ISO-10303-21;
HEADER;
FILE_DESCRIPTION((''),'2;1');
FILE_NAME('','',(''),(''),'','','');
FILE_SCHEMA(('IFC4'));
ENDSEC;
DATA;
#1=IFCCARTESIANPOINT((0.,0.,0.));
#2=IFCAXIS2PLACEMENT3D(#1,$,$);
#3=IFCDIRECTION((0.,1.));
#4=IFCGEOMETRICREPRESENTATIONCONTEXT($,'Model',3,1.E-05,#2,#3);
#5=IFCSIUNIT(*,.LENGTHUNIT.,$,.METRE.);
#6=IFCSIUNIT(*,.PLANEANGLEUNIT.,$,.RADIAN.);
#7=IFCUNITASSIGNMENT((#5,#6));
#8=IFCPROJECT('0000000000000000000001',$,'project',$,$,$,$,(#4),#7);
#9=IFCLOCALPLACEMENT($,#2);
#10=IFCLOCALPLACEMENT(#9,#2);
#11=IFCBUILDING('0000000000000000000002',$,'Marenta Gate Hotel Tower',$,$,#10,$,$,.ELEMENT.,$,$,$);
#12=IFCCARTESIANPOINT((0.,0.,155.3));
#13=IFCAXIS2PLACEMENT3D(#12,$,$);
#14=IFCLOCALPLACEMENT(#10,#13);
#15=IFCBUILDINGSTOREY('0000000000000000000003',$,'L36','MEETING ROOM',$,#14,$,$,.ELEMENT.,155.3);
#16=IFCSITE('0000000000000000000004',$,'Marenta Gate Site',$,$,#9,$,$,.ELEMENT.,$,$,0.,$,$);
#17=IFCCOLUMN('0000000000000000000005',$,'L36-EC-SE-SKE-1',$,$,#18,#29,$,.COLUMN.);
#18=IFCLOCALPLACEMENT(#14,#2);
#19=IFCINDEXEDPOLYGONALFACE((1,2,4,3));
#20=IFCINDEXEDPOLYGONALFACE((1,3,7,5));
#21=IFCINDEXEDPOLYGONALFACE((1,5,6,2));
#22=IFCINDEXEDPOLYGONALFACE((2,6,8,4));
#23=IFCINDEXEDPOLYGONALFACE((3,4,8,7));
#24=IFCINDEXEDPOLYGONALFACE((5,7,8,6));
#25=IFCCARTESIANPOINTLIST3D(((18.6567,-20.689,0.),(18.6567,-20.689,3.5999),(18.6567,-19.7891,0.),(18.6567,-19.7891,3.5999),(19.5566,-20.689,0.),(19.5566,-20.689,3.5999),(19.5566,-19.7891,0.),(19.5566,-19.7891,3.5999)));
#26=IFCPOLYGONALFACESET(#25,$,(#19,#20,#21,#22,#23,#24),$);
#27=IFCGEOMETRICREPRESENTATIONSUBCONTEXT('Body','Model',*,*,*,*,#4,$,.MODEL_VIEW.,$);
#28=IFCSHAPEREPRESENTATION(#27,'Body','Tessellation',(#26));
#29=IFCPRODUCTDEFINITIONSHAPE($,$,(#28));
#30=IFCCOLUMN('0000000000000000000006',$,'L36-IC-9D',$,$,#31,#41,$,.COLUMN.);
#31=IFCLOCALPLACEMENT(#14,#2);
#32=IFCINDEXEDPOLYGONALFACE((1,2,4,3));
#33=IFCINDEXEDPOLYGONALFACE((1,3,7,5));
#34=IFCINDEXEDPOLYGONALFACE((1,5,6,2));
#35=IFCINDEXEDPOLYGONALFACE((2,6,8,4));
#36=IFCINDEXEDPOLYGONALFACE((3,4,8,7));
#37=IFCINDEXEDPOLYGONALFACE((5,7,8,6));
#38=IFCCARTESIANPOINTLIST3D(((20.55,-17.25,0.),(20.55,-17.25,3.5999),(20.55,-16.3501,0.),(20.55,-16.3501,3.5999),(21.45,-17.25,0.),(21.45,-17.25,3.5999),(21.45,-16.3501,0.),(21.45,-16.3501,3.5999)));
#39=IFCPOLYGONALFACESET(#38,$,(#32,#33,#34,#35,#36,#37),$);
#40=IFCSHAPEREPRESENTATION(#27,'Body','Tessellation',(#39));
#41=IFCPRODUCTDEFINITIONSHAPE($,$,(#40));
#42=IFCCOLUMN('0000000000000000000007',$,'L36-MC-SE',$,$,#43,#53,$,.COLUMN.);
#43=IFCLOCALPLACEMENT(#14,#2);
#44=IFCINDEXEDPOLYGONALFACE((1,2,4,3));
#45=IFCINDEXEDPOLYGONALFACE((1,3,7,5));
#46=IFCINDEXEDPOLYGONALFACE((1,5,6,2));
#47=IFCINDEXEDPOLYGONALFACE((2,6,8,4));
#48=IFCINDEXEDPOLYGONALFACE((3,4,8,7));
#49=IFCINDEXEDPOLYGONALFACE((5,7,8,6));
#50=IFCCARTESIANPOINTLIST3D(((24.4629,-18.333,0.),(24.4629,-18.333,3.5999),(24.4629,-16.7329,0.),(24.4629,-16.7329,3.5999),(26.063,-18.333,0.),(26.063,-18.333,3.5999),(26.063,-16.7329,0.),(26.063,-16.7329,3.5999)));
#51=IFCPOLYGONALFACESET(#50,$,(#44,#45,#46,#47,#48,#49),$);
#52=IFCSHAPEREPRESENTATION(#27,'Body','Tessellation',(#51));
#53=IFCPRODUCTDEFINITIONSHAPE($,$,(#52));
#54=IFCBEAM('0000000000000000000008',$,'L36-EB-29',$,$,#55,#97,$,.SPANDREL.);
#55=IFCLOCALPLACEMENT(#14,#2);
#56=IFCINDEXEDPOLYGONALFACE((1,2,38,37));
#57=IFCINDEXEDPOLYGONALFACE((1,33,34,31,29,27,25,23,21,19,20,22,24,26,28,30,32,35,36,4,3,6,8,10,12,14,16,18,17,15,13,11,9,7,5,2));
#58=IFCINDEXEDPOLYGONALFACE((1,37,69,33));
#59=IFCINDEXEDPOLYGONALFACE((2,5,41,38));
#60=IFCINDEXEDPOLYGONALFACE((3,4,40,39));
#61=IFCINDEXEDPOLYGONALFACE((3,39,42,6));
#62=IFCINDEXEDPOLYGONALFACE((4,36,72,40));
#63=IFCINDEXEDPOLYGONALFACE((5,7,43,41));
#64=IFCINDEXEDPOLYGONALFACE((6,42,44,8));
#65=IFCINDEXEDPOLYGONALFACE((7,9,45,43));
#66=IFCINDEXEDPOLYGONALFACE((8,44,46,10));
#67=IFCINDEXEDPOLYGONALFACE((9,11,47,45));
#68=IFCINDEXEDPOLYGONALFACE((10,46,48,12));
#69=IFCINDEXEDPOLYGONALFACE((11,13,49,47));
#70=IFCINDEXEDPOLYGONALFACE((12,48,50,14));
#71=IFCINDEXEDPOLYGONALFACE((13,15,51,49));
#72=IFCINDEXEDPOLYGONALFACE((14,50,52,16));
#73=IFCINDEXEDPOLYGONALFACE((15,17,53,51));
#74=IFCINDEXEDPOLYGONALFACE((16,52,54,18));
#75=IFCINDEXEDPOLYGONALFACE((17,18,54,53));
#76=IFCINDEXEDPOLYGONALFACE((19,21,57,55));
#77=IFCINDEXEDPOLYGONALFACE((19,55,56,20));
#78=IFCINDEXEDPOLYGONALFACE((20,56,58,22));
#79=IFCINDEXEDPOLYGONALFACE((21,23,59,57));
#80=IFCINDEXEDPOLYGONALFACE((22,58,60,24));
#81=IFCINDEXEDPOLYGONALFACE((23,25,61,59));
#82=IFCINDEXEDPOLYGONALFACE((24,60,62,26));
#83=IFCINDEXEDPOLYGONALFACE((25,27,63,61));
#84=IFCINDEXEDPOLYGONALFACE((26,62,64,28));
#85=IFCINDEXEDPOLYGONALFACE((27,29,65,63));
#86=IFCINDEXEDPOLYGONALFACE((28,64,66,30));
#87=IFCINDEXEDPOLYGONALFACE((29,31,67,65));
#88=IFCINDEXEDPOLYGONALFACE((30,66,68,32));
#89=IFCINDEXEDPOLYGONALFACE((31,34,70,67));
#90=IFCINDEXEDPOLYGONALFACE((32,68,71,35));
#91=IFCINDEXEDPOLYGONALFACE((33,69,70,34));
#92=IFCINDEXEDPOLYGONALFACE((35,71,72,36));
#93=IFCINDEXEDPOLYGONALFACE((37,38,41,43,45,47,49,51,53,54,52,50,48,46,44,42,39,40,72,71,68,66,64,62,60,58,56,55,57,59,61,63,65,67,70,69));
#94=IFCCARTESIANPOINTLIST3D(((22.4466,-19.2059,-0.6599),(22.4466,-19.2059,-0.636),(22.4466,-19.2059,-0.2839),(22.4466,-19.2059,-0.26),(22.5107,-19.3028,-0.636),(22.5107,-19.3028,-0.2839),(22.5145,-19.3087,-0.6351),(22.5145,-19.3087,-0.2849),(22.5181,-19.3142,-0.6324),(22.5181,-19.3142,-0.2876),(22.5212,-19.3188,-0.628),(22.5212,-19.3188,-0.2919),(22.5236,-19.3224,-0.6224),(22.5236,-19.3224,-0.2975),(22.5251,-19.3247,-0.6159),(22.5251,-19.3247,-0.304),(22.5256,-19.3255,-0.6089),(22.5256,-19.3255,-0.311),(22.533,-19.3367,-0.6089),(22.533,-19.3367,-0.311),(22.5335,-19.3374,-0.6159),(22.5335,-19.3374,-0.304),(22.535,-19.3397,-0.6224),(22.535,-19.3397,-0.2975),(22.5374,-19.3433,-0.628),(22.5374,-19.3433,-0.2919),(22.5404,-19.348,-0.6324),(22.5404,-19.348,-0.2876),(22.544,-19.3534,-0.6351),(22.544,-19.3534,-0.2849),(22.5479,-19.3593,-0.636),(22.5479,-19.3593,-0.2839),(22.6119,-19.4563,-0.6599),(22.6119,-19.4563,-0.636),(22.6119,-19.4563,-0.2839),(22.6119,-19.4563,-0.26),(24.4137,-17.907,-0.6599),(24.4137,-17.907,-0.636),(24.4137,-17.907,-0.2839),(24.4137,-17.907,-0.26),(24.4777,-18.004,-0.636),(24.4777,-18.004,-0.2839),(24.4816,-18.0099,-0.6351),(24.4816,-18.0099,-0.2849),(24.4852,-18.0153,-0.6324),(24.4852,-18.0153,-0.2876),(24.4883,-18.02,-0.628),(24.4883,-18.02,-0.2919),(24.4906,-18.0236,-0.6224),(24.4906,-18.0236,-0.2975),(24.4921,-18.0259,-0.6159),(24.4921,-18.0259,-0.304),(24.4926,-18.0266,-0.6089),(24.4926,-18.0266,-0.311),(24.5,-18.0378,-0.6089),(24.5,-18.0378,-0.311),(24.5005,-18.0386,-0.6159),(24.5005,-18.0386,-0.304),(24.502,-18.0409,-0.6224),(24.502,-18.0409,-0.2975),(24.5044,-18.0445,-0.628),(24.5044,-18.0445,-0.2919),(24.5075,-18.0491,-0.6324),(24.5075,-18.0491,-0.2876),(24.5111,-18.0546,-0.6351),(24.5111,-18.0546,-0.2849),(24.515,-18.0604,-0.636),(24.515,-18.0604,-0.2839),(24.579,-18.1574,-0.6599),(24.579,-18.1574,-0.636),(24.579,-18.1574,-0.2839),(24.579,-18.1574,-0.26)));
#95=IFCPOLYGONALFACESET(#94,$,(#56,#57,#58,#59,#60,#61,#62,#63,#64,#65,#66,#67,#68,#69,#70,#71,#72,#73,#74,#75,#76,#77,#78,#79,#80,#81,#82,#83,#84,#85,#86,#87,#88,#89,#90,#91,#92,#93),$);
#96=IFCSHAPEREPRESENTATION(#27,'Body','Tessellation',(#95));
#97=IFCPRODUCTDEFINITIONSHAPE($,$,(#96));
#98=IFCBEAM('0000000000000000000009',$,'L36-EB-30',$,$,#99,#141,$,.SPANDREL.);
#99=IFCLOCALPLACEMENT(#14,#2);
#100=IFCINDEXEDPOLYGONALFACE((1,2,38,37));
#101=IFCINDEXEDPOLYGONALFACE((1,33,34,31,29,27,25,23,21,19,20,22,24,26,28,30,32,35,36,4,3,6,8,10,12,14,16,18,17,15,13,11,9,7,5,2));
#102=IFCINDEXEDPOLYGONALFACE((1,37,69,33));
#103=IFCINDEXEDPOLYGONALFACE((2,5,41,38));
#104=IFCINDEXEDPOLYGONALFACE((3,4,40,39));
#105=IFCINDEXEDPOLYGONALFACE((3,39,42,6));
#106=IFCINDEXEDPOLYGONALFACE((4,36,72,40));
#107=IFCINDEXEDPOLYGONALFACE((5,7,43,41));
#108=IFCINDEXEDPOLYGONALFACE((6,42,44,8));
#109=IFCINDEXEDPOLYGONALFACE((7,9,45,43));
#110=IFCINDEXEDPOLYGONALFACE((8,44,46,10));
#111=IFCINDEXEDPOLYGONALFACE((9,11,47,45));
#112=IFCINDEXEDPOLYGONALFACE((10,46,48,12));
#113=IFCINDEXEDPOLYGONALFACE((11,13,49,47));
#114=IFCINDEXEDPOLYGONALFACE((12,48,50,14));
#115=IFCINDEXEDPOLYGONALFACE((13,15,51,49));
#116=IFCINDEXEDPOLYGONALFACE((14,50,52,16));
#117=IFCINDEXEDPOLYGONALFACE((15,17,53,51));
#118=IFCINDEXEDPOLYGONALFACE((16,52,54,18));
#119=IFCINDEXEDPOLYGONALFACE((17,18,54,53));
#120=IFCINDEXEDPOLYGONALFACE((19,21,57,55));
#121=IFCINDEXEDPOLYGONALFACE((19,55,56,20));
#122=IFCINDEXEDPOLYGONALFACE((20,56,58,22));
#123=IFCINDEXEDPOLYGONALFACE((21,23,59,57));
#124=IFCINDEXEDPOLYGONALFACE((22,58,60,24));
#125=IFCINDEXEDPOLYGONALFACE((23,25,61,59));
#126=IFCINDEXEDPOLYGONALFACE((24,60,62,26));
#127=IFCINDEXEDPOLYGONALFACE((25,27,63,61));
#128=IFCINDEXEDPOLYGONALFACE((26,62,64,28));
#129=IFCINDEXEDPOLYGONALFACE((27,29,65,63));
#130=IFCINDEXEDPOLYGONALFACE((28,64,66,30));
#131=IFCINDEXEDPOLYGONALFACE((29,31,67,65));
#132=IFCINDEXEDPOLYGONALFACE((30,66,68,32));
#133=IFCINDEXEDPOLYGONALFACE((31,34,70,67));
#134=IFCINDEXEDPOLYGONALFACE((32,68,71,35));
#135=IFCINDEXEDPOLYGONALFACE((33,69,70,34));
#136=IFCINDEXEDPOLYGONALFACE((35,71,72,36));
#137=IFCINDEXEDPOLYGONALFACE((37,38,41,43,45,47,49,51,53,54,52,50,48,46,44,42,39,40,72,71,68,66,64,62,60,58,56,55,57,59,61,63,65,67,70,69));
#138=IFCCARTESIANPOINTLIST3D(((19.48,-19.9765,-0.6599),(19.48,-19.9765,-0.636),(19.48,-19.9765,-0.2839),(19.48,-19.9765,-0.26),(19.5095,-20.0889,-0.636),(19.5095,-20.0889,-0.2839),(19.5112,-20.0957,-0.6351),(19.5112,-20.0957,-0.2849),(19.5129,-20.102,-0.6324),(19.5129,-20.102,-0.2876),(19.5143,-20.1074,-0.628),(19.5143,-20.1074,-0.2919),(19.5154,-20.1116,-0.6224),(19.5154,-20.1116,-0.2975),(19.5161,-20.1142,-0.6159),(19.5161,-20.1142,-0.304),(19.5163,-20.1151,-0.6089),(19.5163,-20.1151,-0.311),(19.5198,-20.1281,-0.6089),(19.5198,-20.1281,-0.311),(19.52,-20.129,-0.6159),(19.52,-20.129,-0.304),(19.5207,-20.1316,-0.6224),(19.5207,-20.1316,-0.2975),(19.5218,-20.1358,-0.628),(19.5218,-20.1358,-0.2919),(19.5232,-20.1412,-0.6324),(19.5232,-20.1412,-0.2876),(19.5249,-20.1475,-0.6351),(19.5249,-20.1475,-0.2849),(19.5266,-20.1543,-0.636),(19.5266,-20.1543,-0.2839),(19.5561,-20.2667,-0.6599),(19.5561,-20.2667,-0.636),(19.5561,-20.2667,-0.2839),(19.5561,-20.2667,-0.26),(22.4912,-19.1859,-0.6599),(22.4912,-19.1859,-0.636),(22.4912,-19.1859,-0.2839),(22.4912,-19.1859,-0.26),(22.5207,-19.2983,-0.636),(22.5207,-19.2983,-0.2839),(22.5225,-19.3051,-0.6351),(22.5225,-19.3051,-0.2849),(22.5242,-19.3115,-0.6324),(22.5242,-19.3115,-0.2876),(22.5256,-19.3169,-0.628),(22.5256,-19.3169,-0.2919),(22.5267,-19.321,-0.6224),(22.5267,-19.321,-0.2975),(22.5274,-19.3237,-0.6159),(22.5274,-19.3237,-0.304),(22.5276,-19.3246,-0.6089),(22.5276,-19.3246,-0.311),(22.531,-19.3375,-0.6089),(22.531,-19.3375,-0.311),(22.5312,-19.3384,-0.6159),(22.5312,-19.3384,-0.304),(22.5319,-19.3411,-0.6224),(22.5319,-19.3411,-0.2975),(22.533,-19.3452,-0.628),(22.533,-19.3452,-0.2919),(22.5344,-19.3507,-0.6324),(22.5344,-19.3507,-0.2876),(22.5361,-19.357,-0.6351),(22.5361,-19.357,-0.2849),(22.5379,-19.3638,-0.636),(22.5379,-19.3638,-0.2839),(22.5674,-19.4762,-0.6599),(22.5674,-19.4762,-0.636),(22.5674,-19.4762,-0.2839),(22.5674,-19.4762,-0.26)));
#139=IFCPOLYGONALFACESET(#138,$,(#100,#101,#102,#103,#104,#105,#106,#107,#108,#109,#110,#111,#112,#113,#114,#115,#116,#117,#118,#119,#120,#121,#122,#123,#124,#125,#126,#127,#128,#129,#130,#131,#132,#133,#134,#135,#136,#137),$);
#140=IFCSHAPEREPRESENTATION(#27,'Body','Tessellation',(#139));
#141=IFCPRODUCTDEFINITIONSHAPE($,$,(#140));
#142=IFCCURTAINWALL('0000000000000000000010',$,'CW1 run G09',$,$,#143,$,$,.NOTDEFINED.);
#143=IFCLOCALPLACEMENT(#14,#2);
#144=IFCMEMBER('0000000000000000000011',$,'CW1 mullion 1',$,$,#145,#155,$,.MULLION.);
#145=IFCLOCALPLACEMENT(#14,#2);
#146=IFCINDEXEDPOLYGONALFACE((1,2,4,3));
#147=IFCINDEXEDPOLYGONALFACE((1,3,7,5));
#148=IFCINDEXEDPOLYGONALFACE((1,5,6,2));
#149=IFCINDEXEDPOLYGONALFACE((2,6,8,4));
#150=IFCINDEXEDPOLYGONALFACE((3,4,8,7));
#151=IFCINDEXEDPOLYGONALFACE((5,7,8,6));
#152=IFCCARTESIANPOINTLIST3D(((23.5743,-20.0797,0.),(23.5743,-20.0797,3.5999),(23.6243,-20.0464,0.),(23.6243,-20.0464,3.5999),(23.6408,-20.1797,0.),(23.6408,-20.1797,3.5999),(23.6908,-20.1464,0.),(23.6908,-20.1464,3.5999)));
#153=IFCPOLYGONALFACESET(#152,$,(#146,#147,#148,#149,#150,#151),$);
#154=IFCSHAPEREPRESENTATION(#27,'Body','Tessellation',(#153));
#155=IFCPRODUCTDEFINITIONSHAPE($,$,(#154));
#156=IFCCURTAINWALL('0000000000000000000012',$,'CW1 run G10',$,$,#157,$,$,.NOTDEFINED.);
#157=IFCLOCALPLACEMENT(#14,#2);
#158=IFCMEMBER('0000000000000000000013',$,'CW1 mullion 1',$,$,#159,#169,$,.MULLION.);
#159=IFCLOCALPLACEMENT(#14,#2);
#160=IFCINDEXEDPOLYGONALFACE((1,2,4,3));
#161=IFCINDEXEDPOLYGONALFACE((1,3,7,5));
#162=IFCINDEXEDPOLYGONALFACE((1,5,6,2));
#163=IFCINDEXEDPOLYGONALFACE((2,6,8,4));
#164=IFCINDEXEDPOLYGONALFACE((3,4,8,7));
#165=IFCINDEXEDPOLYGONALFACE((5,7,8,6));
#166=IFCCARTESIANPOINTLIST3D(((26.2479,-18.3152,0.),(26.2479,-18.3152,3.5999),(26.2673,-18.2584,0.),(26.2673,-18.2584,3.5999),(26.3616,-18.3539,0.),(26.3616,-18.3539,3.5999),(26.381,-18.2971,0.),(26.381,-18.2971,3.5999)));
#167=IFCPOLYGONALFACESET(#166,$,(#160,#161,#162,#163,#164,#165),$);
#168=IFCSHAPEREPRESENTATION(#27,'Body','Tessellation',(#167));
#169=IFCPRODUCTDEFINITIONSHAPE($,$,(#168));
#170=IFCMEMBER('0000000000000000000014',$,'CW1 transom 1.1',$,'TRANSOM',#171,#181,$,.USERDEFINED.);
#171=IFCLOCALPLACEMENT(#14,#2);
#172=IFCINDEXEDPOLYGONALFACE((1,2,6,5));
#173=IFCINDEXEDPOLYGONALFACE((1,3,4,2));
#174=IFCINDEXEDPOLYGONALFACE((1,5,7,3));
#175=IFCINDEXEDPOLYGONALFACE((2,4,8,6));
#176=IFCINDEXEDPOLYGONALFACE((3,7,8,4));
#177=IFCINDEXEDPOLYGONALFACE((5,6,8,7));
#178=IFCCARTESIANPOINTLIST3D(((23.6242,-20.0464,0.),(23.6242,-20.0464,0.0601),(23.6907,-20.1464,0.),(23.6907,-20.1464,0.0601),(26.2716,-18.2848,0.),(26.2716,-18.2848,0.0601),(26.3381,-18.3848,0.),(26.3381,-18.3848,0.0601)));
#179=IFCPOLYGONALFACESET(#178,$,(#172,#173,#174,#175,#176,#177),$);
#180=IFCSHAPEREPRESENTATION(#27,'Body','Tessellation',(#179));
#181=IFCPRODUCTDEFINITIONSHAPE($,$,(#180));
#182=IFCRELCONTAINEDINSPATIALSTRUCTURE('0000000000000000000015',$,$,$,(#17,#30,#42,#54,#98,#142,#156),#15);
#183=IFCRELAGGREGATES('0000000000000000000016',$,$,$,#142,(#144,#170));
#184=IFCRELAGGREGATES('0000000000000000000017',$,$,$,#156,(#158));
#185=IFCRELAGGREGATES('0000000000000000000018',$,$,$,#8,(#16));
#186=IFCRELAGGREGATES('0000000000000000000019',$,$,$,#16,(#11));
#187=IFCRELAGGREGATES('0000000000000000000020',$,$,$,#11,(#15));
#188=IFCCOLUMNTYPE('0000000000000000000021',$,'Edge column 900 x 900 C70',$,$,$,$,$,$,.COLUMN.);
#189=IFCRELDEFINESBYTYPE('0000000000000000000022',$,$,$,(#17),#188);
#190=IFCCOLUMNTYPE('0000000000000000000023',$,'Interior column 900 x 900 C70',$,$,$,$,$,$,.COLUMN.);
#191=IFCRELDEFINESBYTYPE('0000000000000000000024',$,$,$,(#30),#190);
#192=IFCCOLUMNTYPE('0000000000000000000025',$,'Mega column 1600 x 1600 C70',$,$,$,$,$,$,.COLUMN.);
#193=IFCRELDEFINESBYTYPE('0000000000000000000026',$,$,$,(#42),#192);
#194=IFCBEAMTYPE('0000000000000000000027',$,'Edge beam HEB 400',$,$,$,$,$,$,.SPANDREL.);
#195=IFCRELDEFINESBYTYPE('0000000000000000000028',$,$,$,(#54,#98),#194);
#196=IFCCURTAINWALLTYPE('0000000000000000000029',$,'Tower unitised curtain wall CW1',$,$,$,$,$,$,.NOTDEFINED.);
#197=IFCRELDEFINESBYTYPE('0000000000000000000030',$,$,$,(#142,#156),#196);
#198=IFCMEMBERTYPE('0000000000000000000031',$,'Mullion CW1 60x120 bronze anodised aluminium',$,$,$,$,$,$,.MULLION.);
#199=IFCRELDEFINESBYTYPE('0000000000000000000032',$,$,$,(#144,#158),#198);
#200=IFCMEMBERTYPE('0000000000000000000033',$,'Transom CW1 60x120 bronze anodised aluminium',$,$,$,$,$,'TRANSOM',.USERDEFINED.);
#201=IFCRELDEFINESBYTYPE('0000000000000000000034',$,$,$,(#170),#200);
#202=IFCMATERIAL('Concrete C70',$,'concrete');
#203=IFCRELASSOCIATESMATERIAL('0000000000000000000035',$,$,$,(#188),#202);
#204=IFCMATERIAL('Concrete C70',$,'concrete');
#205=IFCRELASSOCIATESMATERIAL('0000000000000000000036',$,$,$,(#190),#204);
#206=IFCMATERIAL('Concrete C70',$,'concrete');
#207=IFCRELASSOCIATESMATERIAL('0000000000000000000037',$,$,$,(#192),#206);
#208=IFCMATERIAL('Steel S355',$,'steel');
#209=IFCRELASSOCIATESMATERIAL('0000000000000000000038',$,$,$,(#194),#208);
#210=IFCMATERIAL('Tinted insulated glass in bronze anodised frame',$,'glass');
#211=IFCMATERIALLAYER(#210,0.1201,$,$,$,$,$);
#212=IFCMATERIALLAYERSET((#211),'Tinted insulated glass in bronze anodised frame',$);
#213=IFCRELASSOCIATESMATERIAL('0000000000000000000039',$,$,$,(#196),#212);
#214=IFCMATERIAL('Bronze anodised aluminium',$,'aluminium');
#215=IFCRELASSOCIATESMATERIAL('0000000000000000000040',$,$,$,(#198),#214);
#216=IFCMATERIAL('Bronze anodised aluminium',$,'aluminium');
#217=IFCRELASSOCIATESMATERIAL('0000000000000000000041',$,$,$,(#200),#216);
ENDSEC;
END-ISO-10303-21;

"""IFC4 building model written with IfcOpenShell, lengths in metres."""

from ifc_helpers import new_model, si_unit, direction, frame, origin, origin_2d, place, context, subcontext, project, spatial, rectangle, i_section, extrude, material, layer, layer_set, material_profile, profile_set, type_object, element, aggregate, save


model = new_model("IFC4")

# Units and contexts
model_context = context("Model", 3, precision=1e-05, world=origin(), true_north=direction((0.0, 1.0)))
body_context = subcontext(model_context, "Body", "Model", "MODEL_VIEW")
ifc_project = project(units=[si_unit("LENGTHUNIT", "METRE"), si_unit("PLANEANGLEUNIT", "RADIAN")], contexts=[model_context])

# Site, building, storey
site_placement = place(None, origin())
site = spatial("IfcSite", under=ifc_project, at=site_placement, Name="Marenta Gate Site", CompositionType="ELEMENT", RefElevation=0.0)
building_placement = place(site_placement, origin())
building = spatial("IfcBuilding", under=site, at=building_placement, Name="Marenta Gate Hotel Tower", CompositionType="ELEMENT")
storey_placement = place(building_placement, frame((0.0, 0.0, 155.3)))
storey = spatial("IfcBuildingStorey", under=building, at=storey_placement, Name="L36", Description="MEETING ROOM", CompositionType="ELEMENT", Elevation=155.3)

# Columns
ifc_material_1 = material(Name="Concrete C70", Category="concrete")
ifc_material_profile_1 = material_profile(ifc_material_1, rectangle(XDim=0.8999, YDim=0.8999, at=origin_2d()), Name="900 x 900")
ifc_profile_set_1 = profile_set([ifc_material_profile_1], Name="Concrete C70")
column_type_1 = type_object("IfcColumnType", Name="Edge column 900 x 900 C70", PredefinedType="COLUMN", material=ifc_profile_set_1)
column_1_placement = place(storey_placement, frame((19.1067, -20.239, 0.0), z_axis=(0.0, 0.0, 1.0), x_axis=(1.0, 0.0, 0.0)))
element("IfcColumn", 1, at=column_1_placement, inside=storey, type_object=column_type_1, Name="L36-EC-SE-SKE-1", PredefinedType="COLUMN", context=body_context, shape_type="SweptSolid", body=[
    extrude(rectangle(XDim=0.8999, YDim=0.8999, at=origin_2d()), origin(), (0.0, 0.0, 1.0), 3.5999),
])
ifc_material_2 = material(Name="Concrete C70", Category="concrete")
ifc_material_profile_2 = material_profile(ifc_material_2, rectangle(XDim=0.8999, YDim=0.8999, at=origin_2d()), Name="900 x 900")
ifc_profile_set_2 = profile_set([ifc_material_profile_2], Name="Concrete C70")
column_type_2 = type_object("IfcColumnType", Name="Interior column 900 x 900 C70", PredefinedType="COLUMN", material=ifc_profile_set_2)
column_2_placement = place(storey_placement, frame((21.0, -16.8, 0.0), z_axis=(0.0, 0.0, 1.0), x_axis=(1.0, 0.0, 0.0)))
element("IfcColumn", 2, at=column_2_placement, inside=storey, type_object=column_type_2, Name="L36-IC-9D", PredefinedType="COLUMN", context=body_context, shape_type="SweptSolid", body=[
    extrude(rectangle(XDim=0.8999, YDim=0.8999, at=origin_2d()), origin(), (0.0, 0.0, 1.0), 3.5999),
])
ifc_material_3 = material(Name="Concrete C70", Category="concrete")
ifc_material_profile_3 = material_profile(ifc_material_3, rectangle(XDim=1.6001, YDim=1.6001, at=origin_2d()), Name="1600 x 1600")
ifc_profile_set_3 = profile_set([ifc_material_profile_3], Name="Concrete C70")
column_type_3 = type_object("IfcColumnType", Name="Mega column 1600 x 1600 C70", PredefinedType="COLUMN", material=ifc_profile_set_3)
column_3_placement = place(storey_placement, frame((25.2629, -17.533, 0.0), z_axis=(0.0, 0.0, 1.0), x_axis=(1.0, 0.0, 0.0)))
element("IfcColumn", 3, at=column_3_placement, inside=storey, type_object=column_type_3, Name="L36-MC-SE", PredefinedType="COLUMN", context=body_context, shape_type="SweptSolid", body=[
    extrude(rectangle(XDim=1.6001, YDim=1.6001, at=origin_2d()), origin(), (0.0, 0.0, 1.0), 3.5999),
])

# Beams
ifc_material_4 = material(Name="Steel S355", Category="steel")
ifc_material_profile_4 = material_profile(ifc_material_4, i_section(OverallWidth=0.3, OverallDepth=0.3999, WebThickness=0.0134, FlangeThickness=0.0239, FilletRadius=0.0271, at=origin_2d()), Name="HEB 400")
ifc_profile_set_4 = profile_set([ifc_material_profile_4], Name="Steel S355")
beam_type = type_object("IfcBeamType", Name="Edge beam HEB 400", PredefinedType="SPANDREL", material=ifc_profile_set_4)
beam_1_placement = place(storey_placement, frame((24.4963, -18.0322, -0.46), z_axis=(-0.834496, -0.551014, 0.0), x_axis=(0.551014, -0.834496, 0.0)))
element("IfcBeam", 4, at=beam_1_placement, inside=storey, type_object=beam_type, Name="L36-EB-29", PredefinedType="SPANDREL", context=body_context, shape_type="SweptSolid", body=[
    extrude(i_section(OverallWidth=0.3, OverallDepth=0.3999, WebThickness=0.0134, FlangeThickness=0.0239, FilletRadius=0.0271, at=origin_2d()), origin(), (0.0, 0.0, 1.0), 2.3572),
])
beam_2_placement = place(storey_placement, frame((22.5293, -19.3311, -0.46), z_axis=(-0.967225, -0.253922, 0.0), x_axis=(0.253922, -0.967225, 0.0)))
element("IfcBeam", 5, at=beam_2_placement, inside=storey, type_object=beam_type, Name="L36-EB-30", PredefinedType="SPANDREL", context=body_context, shape_type="SweptSolid", body=[
    extrude(i_section(OverallWidth=0.3, OverallDepth=0.3999, WebThickness=0.0134, FlangeThickness=0.0239, FilletRadius=0.0271, at=origin_2d()), origin(), (0.0, 0.0, 1.0), 3.1133),
])

# Curtain walls, members
ifc_material_5 = material(Name="Tinted insulated glass in bronze anodised frame", Category="glass")
ifc_layer_1 = layer(ifc_material_5, 0.1201)
ifc_layer_set_1 = layer_set([ifc_layer_1], Name="Tinted insulated glass in bronze anodised frame")
curtain_wall_type = type_object("IfcCurtainWallType", Name="Tower unitised curtain wall CW1", PredefinedType="NOTDEFINED", material=ifc_layer_set_1)
curtain_wall_1_placement = place(storey_placement, origin())
curtain_wall_1 = element("IfcCurtainWall", 6, at=curtain_wall_1_placement, inside=storey, type_object=curtain_wall_type, Name="CW1 run G09", PredefinedType="NOTDEFINED")
ifc_material_6 = material(Name="Bronze anodised aluminium", Category="aluminium")
ifc_material_profile_5 = material_profile(ifc_material_6, rectangle(XDim=0.1201, YDim=0.0601, at=origin_2d()), Name="Mullion CW1 60x120 bronze anodised aluminium")
ifc_profile_set_5 = profile_set([ifc_material_profile_5], Name="Bronze anodised aluminium")
member_type_1 = type_object("IfcMemberType", Name="Mullion CW1 60x120 bronze anodised aluminium", PredefinedType="MULLION", material=ifc_profile_set_5)
member_1_placement = place(storey_placement, frame((23.6326, -20.113, 0.0), z_axis=(0.0, 0.0, 1.0), x_axis=(-0.554016, 0.832506, 0.0)))
member_1 = element("IfcMember", 7, at=member_1_placement, type_object=member_type_1, Name="CW1 mullion 1", PredefinedType="MULLION", context=body_context, shape_type="SweptSolid", body=[
    extrude(rectangle(XDim=0.1201, YDim=0.0601, at=origin_2d()), origin(), (0.0, 0.0, 1.0), 3.5999),
])
curtain_wall_2_placement = place(storey_placement, origin())
curtain_wall_2 = element("IfcCurtainWall", 8, at=curtain_wall_2_placement, inside=storey, type_object=curtain_wall_type, Name="CW1 run G10", PredefinedType="NOTDEFINED")
member_2_placement = place(storey_placement, frame((26.3145, -18.3062, 0.0), z_axis=(0.0, 0.0, 1.0), x_axis=(-0.946728, 0.322033, 0.0)))
member_2 = element("IfcMember", 9, at=member_2_placement, type_object=member_type_1, Name="CW1 mullion 1", PredefinedType="MULLION", context=body_context, shape_type="SweptSolid", body=[
    extrude(rectangle(XDim=0.1201, YDim=0.0601, at=origin_2d()), origin(), (0.0, 0.0, 1.0), 3.5999),
])

# Member
ifc_material_7 = material(Name="Bronze anodised aluminium", Category="aluminium")
ifc_material_profile_6 = material_profile(ifc_material_7, rectangle(XDim=0.1201, YDim=0.0601, at=origin_2d()), Name="Transom CW1 60x120 bronze anodised aluminium")
ifc_profile_set_6 = profile_set([ifc_material_profile_6], Name="Bronze anodised aluminium")
member_type_2 = type_object("IfcMemberType", Name="Transom CW1 60x120 bronze anodised aluminium", ElementType="TRANSOM", PredefinedType="USERDEFINED", material=ifc_profile_set_6)
member_3_placement = place(storey_placement, frame((23.6575, -20.0964, 0.03), z_axis=(0.832522, 0.553991, 0.0), x_axis=(-0.553991, 0.832522, 0.0)))
member_3 = element("IfcMember", 10, at=member_3_placement, type_object=member_type_2, Name="CW1 transom 1.1", ObjectType="TRANSOM", PredefinedType="USERDEFINED", context=body_context, shape_type="SweptSolid", body=[
    extrude(rectangle(XDim=0.1201, YDim=0.0601, at=origin_2d()), origin(), (0.0, 0.0, 1.0), 3.1799),
])

aggregate(curtain_wall_1, [member_1, member_3])
aggregate(curtain_wall_2, [member_2])

save(model, "model.ifc")
